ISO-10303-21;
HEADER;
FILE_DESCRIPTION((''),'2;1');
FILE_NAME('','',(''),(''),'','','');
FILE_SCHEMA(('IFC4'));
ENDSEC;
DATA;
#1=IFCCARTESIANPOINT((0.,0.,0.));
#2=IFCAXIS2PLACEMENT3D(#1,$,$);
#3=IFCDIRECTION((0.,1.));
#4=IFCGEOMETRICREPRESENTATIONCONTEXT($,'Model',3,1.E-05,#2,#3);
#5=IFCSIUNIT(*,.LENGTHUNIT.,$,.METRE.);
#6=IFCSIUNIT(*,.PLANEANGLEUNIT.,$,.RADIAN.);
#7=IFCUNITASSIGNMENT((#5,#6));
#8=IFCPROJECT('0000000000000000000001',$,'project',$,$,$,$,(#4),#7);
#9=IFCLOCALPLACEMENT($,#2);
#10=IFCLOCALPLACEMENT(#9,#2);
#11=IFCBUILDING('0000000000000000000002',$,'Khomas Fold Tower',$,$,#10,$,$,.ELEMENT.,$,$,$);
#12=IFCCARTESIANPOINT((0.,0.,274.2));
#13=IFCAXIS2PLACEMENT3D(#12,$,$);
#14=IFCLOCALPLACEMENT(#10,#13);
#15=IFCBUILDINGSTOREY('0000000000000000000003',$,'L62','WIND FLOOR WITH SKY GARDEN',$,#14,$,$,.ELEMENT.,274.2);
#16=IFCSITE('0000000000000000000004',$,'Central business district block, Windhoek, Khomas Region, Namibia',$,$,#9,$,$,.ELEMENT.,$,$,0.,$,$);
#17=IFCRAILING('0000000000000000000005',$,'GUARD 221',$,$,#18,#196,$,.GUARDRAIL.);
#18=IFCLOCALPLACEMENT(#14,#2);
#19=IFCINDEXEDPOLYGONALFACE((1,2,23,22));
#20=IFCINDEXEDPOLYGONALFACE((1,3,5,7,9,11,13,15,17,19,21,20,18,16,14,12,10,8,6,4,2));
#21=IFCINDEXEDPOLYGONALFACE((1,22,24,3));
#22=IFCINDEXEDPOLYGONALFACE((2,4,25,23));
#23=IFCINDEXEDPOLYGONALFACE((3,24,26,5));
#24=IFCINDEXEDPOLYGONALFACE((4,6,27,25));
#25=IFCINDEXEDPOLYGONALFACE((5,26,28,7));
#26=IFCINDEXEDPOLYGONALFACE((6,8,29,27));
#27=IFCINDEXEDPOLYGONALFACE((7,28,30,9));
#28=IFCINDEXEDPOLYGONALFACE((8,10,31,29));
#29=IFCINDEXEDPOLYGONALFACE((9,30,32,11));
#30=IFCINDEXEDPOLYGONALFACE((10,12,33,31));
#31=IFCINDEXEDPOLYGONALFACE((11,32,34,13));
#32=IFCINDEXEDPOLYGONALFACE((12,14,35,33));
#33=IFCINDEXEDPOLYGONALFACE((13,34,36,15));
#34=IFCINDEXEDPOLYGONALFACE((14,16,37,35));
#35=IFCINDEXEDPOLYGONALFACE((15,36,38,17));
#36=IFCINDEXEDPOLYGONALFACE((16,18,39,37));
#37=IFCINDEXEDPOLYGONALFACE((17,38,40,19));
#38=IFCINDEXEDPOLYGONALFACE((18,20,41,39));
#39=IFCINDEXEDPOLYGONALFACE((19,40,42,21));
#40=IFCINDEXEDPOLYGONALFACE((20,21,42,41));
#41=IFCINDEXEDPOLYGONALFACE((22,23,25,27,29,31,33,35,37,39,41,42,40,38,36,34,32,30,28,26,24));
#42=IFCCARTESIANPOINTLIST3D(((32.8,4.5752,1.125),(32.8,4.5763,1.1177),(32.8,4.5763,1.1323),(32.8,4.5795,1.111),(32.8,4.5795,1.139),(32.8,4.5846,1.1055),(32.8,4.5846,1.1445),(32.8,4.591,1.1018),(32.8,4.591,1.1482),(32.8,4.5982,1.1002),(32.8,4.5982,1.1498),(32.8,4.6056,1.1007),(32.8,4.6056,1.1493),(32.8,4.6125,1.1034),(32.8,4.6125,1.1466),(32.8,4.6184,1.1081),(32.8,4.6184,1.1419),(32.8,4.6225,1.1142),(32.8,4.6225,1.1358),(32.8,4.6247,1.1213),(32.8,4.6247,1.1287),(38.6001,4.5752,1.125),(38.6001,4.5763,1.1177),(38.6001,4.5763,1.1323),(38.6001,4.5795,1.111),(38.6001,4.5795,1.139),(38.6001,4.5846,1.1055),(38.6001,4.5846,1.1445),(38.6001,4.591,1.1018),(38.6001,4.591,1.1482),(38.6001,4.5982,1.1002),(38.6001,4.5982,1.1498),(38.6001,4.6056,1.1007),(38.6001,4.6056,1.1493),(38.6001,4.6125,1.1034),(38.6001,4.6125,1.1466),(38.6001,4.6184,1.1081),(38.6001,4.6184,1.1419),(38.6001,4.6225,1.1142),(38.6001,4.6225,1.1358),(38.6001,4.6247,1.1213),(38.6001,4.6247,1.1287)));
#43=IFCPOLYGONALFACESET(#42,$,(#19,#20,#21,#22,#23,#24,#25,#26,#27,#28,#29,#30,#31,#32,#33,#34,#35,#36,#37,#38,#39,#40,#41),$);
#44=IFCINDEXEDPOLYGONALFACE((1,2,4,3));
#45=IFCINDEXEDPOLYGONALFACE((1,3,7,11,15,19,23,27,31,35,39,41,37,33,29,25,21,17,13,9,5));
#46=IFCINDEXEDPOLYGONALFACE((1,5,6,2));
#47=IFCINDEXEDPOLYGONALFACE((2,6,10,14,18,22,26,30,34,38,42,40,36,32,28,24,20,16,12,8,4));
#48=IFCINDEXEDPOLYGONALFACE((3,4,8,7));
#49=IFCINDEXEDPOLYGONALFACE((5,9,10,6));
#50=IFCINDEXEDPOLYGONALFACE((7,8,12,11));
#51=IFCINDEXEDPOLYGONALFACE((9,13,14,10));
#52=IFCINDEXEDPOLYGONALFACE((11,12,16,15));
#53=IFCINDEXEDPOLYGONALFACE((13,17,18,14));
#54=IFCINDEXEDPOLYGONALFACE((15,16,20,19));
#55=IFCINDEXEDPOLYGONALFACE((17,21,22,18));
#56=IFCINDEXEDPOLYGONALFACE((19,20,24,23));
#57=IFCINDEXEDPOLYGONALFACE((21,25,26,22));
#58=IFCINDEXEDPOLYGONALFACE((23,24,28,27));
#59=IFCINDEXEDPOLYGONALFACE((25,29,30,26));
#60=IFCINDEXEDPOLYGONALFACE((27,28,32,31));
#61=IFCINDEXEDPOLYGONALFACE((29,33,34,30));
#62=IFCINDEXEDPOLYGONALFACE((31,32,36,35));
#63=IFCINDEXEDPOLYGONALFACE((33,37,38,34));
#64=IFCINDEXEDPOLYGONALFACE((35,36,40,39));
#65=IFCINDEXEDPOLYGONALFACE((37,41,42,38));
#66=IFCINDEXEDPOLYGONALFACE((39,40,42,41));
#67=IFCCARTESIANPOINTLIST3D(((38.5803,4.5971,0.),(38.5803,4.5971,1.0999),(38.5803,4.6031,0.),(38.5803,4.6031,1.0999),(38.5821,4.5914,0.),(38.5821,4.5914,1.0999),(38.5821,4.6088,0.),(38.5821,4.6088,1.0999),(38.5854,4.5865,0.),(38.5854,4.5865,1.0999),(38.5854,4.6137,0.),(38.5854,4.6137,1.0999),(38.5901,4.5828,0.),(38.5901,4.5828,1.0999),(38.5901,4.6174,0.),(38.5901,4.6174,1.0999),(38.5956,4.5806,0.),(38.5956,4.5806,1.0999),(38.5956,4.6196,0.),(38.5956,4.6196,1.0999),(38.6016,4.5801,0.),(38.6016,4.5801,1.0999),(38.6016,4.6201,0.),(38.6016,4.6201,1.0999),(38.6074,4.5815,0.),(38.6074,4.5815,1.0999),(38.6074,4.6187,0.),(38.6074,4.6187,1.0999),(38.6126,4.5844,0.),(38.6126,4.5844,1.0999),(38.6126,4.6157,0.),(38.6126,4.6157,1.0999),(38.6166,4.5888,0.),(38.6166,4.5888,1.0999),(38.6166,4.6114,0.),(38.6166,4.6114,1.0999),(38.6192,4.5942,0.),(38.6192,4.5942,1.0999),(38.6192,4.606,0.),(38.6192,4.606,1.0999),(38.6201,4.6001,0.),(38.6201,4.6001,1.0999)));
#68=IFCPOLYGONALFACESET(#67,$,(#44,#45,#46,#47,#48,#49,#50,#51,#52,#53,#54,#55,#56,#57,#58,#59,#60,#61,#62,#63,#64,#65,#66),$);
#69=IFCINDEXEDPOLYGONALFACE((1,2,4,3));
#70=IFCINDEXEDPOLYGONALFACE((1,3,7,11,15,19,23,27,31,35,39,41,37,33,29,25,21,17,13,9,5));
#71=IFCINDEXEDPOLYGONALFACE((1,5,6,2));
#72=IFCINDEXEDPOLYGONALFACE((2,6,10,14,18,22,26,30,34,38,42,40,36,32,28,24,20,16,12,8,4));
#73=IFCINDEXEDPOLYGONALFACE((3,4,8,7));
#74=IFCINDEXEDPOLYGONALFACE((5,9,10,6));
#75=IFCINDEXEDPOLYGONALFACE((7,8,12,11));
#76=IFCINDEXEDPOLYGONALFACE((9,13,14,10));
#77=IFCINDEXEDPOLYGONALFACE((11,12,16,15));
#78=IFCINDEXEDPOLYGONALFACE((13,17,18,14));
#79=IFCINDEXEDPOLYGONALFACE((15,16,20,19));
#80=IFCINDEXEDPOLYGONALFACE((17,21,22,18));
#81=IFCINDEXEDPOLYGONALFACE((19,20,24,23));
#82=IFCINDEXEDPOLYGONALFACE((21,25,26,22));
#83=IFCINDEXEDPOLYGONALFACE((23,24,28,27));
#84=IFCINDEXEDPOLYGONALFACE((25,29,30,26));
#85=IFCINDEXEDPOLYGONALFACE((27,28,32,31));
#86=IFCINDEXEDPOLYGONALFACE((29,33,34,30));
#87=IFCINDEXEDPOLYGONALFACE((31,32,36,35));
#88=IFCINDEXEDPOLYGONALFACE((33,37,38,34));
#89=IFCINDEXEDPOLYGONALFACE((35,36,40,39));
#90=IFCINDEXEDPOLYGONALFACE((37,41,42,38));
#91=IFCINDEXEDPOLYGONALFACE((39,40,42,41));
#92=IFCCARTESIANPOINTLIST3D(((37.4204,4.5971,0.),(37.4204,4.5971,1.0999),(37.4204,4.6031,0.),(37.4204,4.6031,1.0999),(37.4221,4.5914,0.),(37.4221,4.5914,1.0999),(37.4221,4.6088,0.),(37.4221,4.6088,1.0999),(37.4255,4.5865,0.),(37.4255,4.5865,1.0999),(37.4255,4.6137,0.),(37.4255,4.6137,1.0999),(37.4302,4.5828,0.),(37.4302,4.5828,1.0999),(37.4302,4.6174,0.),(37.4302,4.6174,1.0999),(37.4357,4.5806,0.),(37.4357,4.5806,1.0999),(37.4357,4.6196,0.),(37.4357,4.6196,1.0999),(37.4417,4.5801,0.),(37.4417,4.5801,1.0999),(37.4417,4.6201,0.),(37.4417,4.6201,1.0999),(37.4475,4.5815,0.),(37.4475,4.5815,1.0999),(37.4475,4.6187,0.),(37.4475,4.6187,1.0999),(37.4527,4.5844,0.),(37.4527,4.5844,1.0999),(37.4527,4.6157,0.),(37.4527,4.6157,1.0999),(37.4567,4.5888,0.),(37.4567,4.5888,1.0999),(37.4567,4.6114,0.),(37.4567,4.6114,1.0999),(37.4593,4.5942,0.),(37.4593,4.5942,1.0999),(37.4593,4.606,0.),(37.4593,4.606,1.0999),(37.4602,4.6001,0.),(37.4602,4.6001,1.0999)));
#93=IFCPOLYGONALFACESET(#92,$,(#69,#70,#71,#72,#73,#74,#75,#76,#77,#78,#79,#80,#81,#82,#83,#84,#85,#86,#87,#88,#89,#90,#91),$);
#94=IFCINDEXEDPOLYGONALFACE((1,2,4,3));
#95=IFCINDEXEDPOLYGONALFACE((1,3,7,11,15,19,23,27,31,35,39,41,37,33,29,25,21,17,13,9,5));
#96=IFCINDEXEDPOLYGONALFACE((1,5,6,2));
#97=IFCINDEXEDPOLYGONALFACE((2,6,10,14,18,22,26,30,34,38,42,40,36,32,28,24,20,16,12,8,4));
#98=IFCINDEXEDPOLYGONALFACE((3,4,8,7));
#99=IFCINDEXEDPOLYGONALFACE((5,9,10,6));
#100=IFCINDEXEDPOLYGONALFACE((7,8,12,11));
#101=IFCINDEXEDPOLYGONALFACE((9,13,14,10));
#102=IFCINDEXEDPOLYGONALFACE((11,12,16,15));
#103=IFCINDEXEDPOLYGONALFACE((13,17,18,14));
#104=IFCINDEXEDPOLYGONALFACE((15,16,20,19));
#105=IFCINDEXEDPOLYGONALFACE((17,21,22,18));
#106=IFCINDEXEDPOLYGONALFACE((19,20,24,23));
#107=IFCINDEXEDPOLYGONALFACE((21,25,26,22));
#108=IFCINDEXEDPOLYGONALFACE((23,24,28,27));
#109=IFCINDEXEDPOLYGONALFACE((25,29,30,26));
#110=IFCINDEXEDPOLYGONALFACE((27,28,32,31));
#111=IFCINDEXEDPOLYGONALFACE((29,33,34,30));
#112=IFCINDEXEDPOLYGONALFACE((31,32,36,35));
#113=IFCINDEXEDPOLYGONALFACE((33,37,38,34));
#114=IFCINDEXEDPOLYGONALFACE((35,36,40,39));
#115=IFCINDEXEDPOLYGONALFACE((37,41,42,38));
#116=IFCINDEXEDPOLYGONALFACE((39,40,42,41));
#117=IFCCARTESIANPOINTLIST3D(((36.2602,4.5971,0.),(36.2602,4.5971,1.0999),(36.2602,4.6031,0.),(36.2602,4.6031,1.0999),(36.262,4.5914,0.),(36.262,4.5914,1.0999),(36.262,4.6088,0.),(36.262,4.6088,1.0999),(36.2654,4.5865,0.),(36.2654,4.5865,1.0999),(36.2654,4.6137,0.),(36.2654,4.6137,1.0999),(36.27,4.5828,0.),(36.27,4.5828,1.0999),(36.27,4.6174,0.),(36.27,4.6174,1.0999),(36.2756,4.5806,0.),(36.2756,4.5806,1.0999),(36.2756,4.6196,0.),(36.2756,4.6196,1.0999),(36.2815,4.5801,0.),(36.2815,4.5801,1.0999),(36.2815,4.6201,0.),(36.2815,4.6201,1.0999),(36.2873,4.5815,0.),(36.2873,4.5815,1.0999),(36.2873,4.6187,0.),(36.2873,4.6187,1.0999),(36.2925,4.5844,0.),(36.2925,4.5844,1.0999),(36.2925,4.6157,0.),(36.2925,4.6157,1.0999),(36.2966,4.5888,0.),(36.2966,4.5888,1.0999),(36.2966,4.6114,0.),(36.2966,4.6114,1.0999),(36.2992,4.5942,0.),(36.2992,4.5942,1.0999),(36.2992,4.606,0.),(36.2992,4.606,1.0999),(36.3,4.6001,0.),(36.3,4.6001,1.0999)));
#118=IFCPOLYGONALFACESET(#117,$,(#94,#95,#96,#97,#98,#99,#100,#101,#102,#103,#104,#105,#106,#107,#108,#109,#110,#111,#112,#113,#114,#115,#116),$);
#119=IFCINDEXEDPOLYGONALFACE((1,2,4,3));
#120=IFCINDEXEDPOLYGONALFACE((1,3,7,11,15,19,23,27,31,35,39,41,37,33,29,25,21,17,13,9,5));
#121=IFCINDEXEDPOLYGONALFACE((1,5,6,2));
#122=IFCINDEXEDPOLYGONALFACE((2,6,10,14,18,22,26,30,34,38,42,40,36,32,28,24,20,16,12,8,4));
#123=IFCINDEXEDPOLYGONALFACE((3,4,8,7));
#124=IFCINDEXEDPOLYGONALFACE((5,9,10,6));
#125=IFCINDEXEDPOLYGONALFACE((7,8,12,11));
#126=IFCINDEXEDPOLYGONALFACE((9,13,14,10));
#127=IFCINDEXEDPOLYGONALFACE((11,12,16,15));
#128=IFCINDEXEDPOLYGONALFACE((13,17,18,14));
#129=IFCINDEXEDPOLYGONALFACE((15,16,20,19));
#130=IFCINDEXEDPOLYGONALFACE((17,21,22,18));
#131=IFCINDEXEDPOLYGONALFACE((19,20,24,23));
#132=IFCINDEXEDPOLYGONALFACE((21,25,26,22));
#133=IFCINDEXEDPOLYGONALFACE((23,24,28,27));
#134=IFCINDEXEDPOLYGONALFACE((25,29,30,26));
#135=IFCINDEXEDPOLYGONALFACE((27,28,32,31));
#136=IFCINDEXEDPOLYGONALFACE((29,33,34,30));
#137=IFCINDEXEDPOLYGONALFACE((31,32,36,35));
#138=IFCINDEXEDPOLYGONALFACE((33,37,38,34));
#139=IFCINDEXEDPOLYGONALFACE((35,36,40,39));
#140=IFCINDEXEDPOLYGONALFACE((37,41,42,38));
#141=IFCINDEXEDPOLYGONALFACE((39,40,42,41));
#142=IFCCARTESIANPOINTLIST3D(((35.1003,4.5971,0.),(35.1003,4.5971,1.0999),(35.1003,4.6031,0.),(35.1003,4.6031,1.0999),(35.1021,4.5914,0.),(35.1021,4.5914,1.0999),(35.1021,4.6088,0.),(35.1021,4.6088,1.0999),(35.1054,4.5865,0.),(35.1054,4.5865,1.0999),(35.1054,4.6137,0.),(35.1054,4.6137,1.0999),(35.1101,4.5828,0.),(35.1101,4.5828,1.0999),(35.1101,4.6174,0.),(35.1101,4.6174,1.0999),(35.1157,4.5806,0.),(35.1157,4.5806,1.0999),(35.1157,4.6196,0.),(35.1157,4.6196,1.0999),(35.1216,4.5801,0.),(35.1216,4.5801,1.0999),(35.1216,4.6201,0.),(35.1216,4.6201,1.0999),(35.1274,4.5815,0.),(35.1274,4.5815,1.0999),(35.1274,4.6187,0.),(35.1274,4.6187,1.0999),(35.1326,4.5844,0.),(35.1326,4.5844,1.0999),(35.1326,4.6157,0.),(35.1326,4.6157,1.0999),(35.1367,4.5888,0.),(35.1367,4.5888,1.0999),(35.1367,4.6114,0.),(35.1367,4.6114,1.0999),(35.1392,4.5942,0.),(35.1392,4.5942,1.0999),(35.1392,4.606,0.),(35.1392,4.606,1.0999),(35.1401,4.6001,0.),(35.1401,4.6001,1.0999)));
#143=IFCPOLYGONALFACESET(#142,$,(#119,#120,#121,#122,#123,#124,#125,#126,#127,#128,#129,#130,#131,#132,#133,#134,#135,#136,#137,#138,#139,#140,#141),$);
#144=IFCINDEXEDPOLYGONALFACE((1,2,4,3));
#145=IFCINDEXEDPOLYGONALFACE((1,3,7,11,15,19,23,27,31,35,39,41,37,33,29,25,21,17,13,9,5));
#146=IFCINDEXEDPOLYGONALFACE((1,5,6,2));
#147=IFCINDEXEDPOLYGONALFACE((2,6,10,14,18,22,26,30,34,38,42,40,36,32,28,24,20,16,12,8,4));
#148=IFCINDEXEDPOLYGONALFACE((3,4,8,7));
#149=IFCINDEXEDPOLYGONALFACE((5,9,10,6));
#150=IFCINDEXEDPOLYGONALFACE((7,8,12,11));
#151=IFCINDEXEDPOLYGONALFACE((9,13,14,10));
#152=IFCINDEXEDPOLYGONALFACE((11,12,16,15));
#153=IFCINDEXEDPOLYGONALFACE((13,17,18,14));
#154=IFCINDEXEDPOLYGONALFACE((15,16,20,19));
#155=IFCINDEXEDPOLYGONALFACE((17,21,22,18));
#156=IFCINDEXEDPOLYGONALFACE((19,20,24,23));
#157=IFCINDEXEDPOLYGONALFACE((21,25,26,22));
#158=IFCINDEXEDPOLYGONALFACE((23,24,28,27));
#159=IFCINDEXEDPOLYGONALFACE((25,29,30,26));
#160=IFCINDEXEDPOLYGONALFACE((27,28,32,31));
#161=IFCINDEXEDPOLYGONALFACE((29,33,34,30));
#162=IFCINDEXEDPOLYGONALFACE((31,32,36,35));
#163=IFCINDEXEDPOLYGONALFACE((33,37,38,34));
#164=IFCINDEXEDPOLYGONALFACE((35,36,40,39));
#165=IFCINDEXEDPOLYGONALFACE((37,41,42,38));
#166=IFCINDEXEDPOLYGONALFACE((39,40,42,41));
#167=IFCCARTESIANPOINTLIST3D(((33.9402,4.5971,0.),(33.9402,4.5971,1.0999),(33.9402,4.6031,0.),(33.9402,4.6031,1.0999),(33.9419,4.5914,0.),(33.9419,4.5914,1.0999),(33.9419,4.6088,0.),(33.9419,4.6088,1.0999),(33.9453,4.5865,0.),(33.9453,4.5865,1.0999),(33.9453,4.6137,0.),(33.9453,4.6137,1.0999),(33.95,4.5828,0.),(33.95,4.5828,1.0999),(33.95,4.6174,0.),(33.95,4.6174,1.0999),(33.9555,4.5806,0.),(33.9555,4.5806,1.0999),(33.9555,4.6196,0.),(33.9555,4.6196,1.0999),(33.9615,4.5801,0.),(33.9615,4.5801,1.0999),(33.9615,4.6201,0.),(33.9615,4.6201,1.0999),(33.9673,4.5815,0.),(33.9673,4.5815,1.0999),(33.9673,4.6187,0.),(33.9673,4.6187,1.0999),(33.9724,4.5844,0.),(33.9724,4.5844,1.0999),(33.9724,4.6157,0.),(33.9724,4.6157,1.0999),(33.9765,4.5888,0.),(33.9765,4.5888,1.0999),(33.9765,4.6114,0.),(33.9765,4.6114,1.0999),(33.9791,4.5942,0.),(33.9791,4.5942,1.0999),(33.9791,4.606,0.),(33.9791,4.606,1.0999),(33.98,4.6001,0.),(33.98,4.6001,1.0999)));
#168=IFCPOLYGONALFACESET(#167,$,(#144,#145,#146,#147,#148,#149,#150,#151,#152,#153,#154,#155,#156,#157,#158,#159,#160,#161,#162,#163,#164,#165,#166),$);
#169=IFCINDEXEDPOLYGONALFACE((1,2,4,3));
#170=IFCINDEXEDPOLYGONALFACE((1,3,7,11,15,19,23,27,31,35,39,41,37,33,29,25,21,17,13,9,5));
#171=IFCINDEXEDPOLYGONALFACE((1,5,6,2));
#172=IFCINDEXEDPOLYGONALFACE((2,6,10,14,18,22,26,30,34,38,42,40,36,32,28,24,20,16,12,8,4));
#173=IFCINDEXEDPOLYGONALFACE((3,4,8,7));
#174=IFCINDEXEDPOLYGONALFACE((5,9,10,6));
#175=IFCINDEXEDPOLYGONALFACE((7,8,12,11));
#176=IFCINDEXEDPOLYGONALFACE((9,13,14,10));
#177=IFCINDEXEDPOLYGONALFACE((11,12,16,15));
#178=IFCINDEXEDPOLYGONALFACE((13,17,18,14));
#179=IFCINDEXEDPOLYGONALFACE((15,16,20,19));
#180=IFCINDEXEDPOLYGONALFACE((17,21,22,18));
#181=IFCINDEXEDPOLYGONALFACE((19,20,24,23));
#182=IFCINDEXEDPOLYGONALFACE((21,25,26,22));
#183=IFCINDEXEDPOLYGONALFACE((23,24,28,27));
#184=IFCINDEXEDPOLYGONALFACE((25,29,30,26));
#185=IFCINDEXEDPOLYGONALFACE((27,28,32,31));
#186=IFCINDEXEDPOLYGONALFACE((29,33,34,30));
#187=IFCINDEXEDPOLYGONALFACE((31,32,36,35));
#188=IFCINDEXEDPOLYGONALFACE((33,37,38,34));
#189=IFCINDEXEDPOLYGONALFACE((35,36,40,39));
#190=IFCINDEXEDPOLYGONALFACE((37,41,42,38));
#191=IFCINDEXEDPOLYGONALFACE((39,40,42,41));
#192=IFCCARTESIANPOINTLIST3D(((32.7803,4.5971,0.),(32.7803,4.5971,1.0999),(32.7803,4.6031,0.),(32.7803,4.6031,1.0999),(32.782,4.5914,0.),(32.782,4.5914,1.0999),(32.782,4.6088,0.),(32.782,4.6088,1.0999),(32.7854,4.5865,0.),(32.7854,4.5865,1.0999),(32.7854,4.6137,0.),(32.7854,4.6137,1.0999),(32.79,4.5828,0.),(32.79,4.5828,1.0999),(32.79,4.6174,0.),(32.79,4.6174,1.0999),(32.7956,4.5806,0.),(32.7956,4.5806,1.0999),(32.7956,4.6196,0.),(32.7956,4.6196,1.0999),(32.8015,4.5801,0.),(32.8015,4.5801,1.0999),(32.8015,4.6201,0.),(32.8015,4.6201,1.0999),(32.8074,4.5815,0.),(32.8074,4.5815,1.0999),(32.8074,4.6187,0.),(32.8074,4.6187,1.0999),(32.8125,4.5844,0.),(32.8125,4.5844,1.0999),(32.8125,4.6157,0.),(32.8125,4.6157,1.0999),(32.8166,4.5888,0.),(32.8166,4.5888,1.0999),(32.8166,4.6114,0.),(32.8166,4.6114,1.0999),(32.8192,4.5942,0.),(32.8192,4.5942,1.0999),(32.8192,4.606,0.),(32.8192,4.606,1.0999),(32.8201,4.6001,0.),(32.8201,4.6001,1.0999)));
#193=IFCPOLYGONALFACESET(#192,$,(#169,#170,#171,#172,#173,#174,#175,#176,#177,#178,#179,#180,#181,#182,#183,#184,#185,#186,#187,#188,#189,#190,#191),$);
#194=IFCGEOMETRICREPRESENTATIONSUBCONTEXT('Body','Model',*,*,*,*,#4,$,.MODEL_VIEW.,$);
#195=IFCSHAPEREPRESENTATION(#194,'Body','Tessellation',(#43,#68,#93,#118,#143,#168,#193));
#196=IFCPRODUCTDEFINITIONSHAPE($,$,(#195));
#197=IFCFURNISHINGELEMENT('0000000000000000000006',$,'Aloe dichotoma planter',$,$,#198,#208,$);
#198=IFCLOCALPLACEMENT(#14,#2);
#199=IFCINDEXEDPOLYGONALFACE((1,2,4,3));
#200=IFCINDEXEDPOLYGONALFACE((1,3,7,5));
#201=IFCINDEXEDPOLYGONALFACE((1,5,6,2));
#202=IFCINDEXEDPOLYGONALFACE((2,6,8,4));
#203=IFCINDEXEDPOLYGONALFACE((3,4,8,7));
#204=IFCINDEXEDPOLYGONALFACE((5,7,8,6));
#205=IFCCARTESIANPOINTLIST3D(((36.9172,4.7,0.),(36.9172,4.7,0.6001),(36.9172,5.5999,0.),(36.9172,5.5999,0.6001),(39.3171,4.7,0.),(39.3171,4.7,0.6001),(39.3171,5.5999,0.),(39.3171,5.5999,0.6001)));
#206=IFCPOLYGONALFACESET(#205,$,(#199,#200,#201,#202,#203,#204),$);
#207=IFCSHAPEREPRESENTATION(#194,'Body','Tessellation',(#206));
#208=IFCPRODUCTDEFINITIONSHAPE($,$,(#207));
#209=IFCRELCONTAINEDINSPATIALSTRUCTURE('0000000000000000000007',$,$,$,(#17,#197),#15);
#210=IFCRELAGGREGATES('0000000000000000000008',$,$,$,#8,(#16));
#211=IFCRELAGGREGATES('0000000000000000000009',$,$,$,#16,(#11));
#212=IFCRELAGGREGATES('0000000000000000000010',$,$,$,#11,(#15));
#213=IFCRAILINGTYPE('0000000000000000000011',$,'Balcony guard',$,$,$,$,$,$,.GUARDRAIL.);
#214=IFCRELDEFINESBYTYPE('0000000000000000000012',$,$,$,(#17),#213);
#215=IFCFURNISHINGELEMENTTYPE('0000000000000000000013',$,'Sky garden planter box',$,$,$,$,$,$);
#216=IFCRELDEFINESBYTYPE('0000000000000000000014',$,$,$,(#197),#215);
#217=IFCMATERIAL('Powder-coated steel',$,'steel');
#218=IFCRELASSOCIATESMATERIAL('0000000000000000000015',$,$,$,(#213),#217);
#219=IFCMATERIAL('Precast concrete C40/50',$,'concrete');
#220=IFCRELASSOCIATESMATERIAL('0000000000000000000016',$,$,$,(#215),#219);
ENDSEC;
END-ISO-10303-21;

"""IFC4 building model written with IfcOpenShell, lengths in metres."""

from ifc_helpers import new_model, si_unit, direction, frame, origin, origin_2d, place, context, subcontext, project, spatial, rectangle, circle, extrude, source, transform, mapped, material, type_object, element, save


model = new_model("IFC4")

# Units and contexts
model_context = context("Model", 3, precision=1e-05, world=origin(), true_north=direction((0.0, 1.0)))
body_context = subcontext(model_context, "Body", "Model", "MODEL_VIEW")
ifc_project = project(units=[si_unit("LENGTHUNIT", "METRE"), si_unit("PLANEANGLEUNIT", "RADIAN")], contexts=[model_context])

# Site, building, storey
site_placement = place(None, origin())
site = spatial("IfcSite", under=ifc_project, at=site_placement, Name="Central business district block, Windhoek, Khomas Region, Namibia", CompositionType="ELEMENT", RefElevation=0.0)
building_placement = place(site_placement, origin())
building = spatial("IfcBuilding", under=site, at=building_placement, Name="Khomas Fold Tower", CompositionType="ELEMENT")
storey_placement = place(building_placement, frame((0.0, 0.0, 274.2)))
storey = spatial("IfcBuildingStorey", under=building, at=storey_placement, Name="L62", Description="WIND FLOOR WITH SKY GARDEN", CompositionType="ELEMENT", Elevation=274.2)

# Railing
ifc_material_1 = material(Name="Powder-coated steel", Category="steel")
railing_type = type_object("IfcRailingType", Name="Balcony guard", PredefinedType="GUARDRAIL", material=ifc_material_1)
shared_shape_1 = source(origin(), body_context, "Body", "SweptSolid", [
    extrude(circle(Radius=0.0249, at=origin_2d()), frame((0.0, 0.0, 1.125), z_axis=(-1.0, 0.0, 0.0), x_axis=(0.0, -1.0, 0.0)), (0.0, 0.0, 1.0), 5.8),
    extrude(circle(Radius=0.02, at=origin_2d()), origin(), (0.0, 0.0, 1.0), 1.0999),
    extrude(circle(Radius=0.02, at=origin_2d()), frame((-1.1599, 0.0, 0.0)), (0.0, 0.0, 1.0), 1.0999),
    extrude(circle(Radius=0.02, at=origin_2d()), frame((-2.3201, 0.0, 0.0)), (0.0, 0.0, 1.0), 1.0999),
    extrude(circle(Radius=0.02, at=origin_2d()), frame((-3.48, 0.0, 0.0)), (0.0, 0.0, 1.0), 1.0999),
    extrude(circle(Radius=0.02, at=origin_2d()), frame((-4.6401, 0.0, 0.0)), (0.0, 0.0, 1.0), 1.0999),
    extrude(circle(Radius=0.02, at=origin_2d()), frame((-5.8, 0.0, 0.0)), (0.0, 0.0, 1.0), 1.0999),
])
railing_placement = place(storey_placement, frame((38.6001, 4.6001, 0.0)))
element("IfcRailing", 1, at=railing_placement, inside=storey, type_object=railing_type, Name="GUARD 221", PredefinedType="GUARDRAIL", context=body_context, shape_type="MappedRepresentation", body=[
    mapped(shared_shape_1, transform((0.0, 0.0, 0.0))),
])

# Furnishing element
ifc_material_2 = material(Name="Precast concrete C40/50", Category="concrete")
furnishing_element_type_1 = type_object("IfcFurnishingElementType", Name="Sky garden planter box", material=ifc_material_2)
shared_shape_2 = source(origin(), body_context, "Body", "SweptSolid", [
    extrude(rectangle(XDim=2.3999, YDim=0.8999, at=origin_2d()), origin(), (0.0, 0.0, 1.0), 0.6001),
])
furnishing_1_placement = place(storey_placement, frame((38.1172, 5.1499, 0.0), z_axis=(0.0, 0.0, 1.0), x_axis=(-1.0, 0.0, 0.0)))
element("IfcFurnishingElement", 2, at=furnishing_1_placement, inside=storey, type_object=furnishing_element_type_1, Name="Aloe dichotoma planter", context=body_context, shape_type="MappedRepresentation", body=[
    mapped(shared_shape_2, transform((0.0, 0.0, 0.0))),
])

save(model, "model.ifc")
